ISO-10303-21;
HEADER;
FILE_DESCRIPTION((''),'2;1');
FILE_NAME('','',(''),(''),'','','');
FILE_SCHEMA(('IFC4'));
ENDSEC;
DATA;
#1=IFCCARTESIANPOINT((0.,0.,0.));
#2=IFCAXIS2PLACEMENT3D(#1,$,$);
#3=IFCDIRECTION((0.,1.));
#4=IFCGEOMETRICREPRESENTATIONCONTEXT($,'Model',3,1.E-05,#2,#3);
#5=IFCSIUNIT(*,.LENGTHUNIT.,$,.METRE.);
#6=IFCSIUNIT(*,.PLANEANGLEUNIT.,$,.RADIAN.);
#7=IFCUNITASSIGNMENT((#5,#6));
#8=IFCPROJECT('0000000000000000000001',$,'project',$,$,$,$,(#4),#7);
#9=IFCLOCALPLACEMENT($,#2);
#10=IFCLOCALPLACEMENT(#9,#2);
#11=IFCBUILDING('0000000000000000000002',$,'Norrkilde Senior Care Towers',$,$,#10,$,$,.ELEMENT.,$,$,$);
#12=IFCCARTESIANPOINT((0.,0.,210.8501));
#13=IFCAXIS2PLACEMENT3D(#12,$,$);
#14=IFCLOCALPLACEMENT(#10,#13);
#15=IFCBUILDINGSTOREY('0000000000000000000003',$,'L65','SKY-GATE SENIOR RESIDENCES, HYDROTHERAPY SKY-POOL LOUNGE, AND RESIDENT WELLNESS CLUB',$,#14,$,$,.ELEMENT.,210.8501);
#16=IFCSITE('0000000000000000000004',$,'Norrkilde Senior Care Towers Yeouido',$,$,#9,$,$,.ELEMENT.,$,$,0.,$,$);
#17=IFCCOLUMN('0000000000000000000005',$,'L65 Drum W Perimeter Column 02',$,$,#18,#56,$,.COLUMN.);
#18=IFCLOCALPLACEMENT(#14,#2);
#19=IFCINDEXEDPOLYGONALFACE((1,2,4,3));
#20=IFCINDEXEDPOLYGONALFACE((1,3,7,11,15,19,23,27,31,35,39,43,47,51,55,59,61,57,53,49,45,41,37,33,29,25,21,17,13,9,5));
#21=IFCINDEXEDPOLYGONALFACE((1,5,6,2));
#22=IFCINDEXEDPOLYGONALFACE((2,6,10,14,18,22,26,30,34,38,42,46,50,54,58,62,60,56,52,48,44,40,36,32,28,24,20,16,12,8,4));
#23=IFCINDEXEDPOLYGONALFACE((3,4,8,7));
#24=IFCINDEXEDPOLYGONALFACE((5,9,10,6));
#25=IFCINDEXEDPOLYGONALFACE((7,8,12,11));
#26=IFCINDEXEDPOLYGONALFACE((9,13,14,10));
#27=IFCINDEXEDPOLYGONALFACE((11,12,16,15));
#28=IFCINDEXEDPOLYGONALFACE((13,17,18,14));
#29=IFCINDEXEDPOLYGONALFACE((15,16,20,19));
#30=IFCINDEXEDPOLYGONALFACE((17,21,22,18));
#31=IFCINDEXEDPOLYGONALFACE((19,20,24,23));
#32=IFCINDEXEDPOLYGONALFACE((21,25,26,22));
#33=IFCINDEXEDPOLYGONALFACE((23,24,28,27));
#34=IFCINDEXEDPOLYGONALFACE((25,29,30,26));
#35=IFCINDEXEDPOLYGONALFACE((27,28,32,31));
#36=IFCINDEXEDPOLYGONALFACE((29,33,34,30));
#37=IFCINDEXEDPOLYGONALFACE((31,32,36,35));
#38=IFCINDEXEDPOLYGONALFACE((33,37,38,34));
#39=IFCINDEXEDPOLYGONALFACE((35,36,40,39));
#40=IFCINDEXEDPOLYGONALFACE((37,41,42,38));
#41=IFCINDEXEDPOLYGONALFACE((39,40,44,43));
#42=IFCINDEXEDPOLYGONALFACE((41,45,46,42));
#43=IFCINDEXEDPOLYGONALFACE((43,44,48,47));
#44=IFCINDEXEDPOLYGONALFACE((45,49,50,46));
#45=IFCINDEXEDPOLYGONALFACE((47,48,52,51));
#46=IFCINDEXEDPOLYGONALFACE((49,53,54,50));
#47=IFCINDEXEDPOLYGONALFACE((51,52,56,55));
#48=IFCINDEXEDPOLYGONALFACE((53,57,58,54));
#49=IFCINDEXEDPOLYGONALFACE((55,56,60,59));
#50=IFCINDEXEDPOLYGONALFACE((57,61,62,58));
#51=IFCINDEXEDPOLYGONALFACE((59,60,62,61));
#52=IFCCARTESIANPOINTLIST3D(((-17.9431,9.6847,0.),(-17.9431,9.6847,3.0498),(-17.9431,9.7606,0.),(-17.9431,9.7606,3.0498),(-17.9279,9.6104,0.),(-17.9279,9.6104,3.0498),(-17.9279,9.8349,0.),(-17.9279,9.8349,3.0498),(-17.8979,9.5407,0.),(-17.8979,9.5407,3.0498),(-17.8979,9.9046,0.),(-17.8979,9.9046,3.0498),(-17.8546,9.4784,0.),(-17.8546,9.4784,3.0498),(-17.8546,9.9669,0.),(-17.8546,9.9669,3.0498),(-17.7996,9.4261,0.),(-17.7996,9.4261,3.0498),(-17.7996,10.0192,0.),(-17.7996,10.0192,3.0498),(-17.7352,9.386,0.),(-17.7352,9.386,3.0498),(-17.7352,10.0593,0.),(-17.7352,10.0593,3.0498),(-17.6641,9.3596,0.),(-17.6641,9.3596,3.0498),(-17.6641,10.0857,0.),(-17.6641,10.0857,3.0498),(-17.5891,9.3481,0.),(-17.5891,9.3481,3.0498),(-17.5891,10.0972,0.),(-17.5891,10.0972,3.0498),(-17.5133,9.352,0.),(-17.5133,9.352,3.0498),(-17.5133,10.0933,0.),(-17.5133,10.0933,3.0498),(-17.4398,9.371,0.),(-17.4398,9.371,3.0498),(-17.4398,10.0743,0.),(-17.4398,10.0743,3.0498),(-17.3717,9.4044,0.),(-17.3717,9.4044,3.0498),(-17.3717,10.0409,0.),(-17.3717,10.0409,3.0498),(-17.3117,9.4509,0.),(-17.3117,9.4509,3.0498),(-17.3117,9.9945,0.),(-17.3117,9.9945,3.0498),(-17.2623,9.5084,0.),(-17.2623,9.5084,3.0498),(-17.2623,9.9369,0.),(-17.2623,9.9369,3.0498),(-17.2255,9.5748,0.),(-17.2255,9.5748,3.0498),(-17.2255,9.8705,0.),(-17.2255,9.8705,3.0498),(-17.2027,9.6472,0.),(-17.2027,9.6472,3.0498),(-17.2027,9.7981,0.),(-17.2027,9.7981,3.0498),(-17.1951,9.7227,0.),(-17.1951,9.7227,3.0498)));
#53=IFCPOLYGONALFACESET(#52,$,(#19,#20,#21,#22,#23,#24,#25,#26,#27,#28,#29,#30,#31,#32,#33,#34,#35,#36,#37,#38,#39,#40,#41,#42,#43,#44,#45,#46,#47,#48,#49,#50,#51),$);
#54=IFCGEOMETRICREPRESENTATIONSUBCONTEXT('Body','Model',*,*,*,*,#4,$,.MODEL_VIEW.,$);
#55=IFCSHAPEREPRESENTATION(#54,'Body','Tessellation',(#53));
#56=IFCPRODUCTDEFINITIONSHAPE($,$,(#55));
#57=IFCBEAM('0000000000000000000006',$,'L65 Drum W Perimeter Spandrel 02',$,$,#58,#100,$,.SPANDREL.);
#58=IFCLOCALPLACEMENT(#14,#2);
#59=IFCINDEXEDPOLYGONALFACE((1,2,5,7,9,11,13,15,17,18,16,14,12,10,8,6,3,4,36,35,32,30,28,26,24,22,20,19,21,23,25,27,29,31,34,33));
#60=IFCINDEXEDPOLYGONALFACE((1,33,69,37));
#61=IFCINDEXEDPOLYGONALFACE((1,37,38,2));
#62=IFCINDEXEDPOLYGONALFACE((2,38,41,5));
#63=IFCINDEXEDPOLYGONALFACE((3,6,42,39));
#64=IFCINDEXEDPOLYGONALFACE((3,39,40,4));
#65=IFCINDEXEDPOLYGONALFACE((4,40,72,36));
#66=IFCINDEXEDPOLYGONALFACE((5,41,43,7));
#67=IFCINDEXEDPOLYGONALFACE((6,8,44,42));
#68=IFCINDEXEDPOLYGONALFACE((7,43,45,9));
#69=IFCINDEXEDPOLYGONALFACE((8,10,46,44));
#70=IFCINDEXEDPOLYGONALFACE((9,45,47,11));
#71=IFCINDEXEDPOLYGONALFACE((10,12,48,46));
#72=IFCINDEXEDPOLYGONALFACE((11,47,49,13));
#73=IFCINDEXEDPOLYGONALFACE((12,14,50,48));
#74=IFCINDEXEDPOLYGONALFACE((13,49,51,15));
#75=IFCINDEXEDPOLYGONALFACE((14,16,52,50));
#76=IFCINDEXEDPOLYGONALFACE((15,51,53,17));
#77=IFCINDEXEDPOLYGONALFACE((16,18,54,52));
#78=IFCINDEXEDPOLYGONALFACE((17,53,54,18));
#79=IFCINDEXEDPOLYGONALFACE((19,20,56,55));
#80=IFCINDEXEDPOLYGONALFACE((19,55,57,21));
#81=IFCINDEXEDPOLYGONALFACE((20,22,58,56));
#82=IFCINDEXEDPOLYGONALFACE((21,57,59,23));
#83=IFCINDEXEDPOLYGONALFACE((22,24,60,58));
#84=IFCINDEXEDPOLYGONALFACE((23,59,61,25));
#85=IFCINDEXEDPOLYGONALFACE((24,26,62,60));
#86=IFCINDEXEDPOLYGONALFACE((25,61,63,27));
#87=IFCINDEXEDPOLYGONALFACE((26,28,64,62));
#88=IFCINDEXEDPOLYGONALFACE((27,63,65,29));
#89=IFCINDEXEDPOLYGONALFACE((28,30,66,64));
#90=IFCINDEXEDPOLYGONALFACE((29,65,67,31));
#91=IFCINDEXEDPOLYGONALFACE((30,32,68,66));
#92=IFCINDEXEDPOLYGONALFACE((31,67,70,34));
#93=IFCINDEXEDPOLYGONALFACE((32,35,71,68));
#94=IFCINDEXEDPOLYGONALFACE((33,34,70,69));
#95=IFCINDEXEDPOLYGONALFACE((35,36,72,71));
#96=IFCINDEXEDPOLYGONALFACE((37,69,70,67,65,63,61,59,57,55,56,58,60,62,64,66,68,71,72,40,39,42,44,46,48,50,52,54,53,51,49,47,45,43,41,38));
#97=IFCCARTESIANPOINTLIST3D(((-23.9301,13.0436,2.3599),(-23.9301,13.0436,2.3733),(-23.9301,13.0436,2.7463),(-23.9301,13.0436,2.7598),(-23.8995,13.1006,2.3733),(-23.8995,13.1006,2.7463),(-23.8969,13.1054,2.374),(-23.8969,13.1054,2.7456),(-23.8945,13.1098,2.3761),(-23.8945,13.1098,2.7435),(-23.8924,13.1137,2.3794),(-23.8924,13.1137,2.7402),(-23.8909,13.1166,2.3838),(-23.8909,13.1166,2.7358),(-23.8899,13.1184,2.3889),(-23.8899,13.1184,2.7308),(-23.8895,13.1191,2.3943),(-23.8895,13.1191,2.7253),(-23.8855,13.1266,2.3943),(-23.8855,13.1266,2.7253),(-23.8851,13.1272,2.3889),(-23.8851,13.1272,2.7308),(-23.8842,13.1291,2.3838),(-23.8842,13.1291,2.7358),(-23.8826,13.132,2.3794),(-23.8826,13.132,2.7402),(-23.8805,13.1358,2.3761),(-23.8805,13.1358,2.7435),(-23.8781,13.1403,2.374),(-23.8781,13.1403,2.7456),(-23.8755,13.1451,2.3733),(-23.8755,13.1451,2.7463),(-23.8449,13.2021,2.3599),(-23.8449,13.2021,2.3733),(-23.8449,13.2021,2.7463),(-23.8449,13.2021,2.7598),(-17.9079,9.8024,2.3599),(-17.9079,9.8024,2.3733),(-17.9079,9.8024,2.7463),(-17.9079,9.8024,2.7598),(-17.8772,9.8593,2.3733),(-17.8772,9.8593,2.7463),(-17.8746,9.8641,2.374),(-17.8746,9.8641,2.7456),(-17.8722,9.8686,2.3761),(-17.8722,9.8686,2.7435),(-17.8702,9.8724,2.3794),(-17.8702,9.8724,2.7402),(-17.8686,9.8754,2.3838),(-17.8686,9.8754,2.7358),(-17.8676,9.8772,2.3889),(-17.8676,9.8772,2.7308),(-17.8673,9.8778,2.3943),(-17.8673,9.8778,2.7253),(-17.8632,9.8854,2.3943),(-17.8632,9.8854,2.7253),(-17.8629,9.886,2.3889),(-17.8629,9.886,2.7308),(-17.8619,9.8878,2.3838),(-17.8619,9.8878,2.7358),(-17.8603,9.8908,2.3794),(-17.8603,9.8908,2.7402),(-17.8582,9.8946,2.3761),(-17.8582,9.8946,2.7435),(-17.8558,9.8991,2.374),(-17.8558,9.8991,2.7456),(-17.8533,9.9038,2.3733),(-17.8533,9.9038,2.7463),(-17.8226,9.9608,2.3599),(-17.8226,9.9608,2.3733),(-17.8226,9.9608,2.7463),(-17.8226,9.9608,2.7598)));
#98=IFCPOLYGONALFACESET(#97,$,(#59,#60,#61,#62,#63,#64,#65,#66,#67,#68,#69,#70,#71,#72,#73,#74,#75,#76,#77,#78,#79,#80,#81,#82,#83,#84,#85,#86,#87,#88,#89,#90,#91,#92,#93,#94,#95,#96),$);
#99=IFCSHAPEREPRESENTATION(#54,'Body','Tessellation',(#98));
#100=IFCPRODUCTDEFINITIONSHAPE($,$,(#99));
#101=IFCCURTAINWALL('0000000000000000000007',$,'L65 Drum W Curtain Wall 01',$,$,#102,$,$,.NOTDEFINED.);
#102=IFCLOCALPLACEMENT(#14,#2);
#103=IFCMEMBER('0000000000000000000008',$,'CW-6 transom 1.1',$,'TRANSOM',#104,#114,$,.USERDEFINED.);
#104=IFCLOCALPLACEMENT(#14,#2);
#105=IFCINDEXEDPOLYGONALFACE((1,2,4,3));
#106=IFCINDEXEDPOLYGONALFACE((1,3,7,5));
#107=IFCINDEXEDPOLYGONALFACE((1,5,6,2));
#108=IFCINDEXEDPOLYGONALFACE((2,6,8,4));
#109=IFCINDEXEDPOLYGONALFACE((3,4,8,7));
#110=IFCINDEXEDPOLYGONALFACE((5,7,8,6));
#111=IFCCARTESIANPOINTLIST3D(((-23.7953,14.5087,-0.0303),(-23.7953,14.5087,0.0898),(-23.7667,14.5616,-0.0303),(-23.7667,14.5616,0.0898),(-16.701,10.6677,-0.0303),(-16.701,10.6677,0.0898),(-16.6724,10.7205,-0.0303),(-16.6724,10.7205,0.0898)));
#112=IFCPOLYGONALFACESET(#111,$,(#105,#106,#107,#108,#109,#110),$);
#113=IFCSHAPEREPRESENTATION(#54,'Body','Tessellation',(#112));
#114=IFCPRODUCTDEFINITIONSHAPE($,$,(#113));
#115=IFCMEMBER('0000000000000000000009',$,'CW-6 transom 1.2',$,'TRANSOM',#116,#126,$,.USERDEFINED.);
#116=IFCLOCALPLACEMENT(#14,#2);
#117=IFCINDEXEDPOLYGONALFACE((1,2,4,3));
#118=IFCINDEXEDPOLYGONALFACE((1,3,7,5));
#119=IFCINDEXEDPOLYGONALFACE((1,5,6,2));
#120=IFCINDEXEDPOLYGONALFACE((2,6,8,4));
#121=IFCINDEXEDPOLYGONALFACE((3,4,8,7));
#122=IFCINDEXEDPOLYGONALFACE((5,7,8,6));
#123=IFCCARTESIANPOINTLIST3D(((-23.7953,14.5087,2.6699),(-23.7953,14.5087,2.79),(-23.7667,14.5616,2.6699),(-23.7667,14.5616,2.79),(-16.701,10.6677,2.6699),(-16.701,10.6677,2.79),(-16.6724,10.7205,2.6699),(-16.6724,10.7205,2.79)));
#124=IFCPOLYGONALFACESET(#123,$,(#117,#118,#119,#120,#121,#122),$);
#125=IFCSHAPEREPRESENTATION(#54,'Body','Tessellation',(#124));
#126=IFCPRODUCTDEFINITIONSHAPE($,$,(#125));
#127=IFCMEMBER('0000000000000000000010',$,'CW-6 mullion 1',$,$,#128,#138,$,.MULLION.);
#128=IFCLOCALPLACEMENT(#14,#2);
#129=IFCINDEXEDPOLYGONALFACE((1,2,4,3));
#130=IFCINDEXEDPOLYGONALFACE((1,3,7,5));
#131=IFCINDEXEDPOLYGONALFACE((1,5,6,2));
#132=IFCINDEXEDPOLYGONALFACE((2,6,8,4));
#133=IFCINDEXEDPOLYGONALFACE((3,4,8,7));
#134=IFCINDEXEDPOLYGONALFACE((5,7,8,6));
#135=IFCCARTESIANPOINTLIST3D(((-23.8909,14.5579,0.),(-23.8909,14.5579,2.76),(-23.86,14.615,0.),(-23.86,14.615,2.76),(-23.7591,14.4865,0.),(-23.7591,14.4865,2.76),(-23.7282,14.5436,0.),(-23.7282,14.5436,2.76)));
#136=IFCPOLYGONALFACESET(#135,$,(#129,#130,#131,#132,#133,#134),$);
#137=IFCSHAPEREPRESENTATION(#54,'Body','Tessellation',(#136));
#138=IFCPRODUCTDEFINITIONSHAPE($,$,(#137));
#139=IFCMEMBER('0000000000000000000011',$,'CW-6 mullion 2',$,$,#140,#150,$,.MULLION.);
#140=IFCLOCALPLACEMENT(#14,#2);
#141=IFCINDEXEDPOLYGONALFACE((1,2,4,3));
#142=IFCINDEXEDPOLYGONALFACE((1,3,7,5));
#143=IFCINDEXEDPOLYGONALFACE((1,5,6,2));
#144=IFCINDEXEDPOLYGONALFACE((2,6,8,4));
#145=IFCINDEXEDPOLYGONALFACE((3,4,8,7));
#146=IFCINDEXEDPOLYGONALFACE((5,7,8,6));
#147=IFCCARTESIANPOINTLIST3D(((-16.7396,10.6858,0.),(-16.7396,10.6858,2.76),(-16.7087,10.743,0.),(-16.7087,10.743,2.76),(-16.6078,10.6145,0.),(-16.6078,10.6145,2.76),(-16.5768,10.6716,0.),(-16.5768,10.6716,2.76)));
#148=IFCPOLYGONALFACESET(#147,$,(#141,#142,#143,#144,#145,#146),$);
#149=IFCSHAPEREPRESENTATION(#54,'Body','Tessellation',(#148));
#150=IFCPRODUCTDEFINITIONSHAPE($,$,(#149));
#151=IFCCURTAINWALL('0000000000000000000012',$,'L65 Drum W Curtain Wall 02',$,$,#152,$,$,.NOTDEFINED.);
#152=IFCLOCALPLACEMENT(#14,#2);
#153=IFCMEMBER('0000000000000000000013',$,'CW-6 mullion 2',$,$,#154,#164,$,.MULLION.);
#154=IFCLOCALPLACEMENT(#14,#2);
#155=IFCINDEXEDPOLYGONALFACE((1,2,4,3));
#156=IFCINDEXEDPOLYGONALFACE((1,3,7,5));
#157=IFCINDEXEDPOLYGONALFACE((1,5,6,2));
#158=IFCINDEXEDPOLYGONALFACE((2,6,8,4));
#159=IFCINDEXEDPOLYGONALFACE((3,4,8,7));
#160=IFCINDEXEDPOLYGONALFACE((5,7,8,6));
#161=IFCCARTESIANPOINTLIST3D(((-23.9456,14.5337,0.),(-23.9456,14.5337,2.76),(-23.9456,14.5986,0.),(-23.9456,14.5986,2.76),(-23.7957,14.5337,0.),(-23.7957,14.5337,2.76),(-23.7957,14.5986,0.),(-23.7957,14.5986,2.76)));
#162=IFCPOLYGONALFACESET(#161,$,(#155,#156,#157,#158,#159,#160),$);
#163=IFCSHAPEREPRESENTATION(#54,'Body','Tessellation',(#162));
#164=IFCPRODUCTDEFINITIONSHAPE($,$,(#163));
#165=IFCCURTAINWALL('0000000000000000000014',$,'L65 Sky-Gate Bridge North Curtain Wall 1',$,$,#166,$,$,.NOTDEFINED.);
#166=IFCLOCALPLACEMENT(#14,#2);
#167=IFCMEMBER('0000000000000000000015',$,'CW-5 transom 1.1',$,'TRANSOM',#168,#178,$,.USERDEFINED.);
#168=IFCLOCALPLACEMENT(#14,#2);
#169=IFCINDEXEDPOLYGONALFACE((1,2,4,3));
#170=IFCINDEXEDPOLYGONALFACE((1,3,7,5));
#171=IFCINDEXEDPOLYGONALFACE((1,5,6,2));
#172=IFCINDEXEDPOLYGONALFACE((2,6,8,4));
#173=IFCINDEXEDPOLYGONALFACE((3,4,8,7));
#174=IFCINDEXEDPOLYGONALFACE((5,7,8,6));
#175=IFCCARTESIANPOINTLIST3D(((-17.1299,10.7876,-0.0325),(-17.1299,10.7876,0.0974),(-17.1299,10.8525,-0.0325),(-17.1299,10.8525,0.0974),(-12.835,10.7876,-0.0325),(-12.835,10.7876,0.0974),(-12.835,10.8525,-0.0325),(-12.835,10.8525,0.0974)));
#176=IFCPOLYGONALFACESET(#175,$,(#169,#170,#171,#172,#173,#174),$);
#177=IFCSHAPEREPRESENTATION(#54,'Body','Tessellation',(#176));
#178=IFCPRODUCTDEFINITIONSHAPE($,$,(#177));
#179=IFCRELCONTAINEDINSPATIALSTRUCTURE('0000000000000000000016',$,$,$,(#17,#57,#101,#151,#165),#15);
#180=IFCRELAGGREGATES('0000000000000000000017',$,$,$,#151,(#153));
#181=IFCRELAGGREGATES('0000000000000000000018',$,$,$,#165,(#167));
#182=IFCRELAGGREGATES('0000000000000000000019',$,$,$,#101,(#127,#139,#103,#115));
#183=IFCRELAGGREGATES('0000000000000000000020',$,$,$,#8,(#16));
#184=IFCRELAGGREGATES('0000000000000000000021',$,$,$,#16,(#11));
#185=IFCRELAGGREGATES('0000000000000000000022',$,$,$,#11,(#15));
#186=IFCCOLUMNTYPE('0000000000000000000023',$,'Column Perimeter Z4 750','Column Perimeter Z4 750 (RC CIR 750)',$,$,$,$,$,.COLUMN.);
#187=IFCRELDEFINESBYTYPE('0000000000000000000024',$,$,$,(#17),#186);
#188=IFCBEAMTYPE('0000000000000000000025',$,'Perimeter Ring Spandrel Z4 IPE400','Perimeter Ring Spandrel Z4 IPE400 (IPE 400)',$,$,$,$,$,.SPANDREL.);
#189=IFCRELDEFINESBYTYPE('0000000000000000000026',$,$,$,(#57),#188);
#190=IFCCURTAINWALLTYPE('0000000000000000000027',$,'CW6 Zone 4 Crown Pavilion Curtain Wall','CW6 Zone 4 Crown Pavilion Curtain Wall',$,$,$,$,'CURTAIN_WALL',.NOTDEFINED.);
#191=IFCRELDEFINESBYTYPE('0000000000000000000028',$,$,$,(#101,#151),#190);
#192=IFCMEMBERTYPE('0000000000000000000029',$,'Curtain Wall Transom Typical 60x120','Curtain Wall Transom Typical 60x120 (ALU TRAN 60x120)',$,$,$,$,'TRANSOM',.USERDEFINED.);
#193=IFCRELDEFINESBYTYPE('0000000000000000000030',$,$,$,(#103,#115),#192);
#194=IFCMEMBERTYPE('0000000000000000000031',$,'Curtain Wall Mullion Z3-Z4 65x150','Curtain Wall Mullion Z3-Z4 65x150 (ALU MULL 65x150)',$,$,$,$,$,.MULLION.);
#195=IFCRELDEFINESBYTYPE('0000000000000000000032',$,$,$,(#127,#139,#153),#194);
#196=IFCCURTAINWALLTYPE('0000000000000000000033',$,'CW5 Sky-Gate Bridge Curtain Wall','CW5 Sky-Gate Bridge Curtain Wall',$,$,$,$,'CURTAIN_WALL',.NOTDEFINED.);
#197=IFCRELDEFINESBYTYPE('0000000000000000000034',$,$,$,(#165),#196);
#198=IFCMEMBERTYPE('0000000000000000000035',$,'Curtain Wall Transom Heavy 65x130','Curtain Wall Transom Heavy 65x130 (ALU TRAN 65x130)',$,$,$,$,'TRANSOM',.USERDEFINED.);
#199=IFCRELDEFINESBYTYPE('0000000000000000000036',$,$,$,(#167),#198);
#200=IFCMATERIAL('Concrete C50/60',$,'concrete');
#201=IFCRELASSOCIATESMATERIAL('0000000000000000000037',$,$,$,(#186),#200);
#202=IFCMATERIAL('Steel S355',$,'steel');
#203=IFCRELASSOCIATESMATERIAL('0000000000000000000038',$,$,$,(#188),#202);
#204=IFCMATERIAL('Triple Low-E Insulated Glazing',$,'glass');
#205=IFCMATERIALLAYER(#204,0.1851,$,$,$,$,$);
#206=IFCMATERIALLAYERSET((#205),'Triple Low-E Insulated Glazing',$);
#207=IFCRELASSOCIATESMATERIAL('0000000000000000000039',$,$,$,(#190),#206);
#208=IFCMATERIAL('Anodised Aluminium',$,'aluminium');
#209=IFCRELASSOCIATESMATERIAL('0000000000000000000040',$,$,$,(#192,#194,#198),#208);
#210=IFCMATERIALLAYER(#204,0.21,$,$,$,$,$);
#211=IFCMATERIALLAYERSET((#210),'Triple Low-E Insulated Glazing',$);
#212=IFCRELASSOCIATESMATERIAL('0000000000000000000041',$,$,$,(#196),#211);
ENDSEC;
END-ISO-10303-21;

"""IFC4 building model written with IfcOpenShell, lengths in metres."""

from ifc_helpers import new_model, si_unit, direction, frame, origin, origin_2d, place, context, subcontext, project, spatial, rectangle, circle, i_section, extrude, source, transform, mapped, material, layer, layer_set, material_profile, profile_set, type_object, type_shapes, element, aggregate, save


model = new_model("IFC4")

# Units and contexts
model_context = context("Model", 3, precision=1e-05, world=origin(), true_north=direction((0.0, 1.0)))
body_context = subcontext(model_context, "Body", "Model", "MODEL_VIEW")
ifc_project = project(units=[si_unit("LENGTHUNIT", "METRE"), si_unit("PLANEANGLEUNIT", "RADIAN")], contexts=[model_context])

# Site, building, storey
site_placement = place(None, origin())
site = spatial("IfcSite", under=ifc_project, at=site_placement, Name="Norrkilde Senior Care Towers Yeouido", CompositionType="ELEMENT", RefElevation=0.0)
building_placement = place(site_placement, origin())
building = spatial("IfcBuilding", under=site, at=building_placement, Name="Norrkilde Senior Care Towers", CompositionType="ELEMENT")
storey_placement = place(building_placement, frame((0.0, 0.0, 210.8501)))
storey = spatial("IfcBuildingStorey", under=building, at=storey_placement, Name="L65", Description="SKY-GATE SENIOR RESIDENCES, HYDROTHERAPY SKY-POOL LOUNGE, AND RESIDENT WELLNESS CLUB", CompositionType="ELEMENT", Elevation=210.8501)

# Column
ifc_material_1 = material(Name="Concrete C50/60", Category="concrete")
ifc_material_profile_1 = material_profile(ifc_material_1, circle(Radius=0.375, at=origin_2d()), Name="RC CIR 750")
ifc_profile_set_1 = profile_set([ifc_material_profile_1], Name="Concrete C50/60")
column_type = type_object("IfcColumnType", Name="Column Perimeter Z4 750", Description="Column Perimeter Z4 750 (RC CIR 750)", PredefinedType="COLUMN", material=ifc_profile_set_1)
shared_shape_1 = source(origin(), body_context, "Body", "SweptSolid", [
    extrude(circle(Radius=0.375, at=origin_2d()), origin(), (0.0, 0.0, 1.0), 3.0498),
])
type_shapes(column_type, [shared_shape_1])
column_placement = place(storey_placement, frame((-17.5701, 9.7227, 0.0), z_axis=(0.0, 0.0, 1.0), x_axis=(1.0, 0.0, 0.0)))
element("IfcColumn", 1, at=column_placement, inside=storey, type_object=column_type, Name="L65 Drum W Perimeter Column 02", PredefinedType="COLUMN", context=body_context, shape_type="MappedRepresentation", body=[
    mapped(shared_shape_1, transform((0.0, 0.0, 0.0), x_axis=(1.0, 0.0, 0.0), y_axis=(0.0, 1.0, 0.0), z_axis=(0.0, 0.0, 1.0), scale=1.0)),
])

# Beam
ifc_material_2 = material(Name="Steel S355", Category="steel")
ifc_material_profile_2 = material_profile(ifc_material_2, i_section(OverallWidth=0.1799, OverallDepth=0.3999, WebThickness=0.0085, FlangeThickness=0.0134, FilletRadius=0.021, at=origin_2d()), Name="IPE 400")
ifc_profile_set_2 = profile_set([ifc_material_profile_2], Name="Steel S355")
beam_type = type_object("IfcBeamType", Name="Perimeter Ring Spandrel Z4 IPE400", Description="Perimeter Ring Spandrel Z4 IPE400 (IPE 400)", PredefinedType="SPANDREL", material=ifc_profile_set_2)
shared_shape_2 = source(origin(), body_context, "Body", "SweptSolid", [
    extrude(i_section(OverallWidth=0.1799, OverallDepth=0.3999, WebThickness=0.0085, FlangeThickness=0.0134, FilletRadius=0.021, at=origin_2d()), origin(), (0.0, 0.0, 1.0), 6.8391),
])
type_shapes(beam_type, [shared_shape_2])
beam_placement = place(storey_placement, frame((-17.8652, 9.8816, 2.5598), z_axis=(-0.880564, 0.473927, 0.0), x_axis=(-0.473927, -0.880564, 0.0)))
element("IfcBeam", 2, at=beam_placement, inside=storey, type_object=beam_type, Name="L65 Drum W Perimeter Spandrel 02", PredefinedType="SPANDREL", context=body_context, shape_type="MappedRepresentation", body=[
    mapped(shared_shape_2, transform((0.0, 0.0, 0.0), x_axis=(1.0, 0.0, 0.0), y_axis=(0.0, 1.0, 0.0), z_axis=(0.0, 0.0, 1.0), scale=1.0)),
])

# Curtain wall, members
ifc_material_3 = material(Name="Triple Low-E Insulated Glazing", Category="glass")
ifc_layer_1 = layer(ifc_material_3, 0.1851)
ifc_layer_set_1 = layer_set([ifc_layer_1], Name="Triple Low-E Insulated Glazing")
curtain_wall_type_1 = type_object("IfcCurtainWallType", Name="CW6 Zone 4 Crown Pavilion Curtain Wall", Description="CW6 Zone 4 Crown Pavilion Curtain Wall", ElementType="CURTAIN_WALL", PredefinedType="NOTDEFINED", material=ifc_layer_set_1)
curtain_wall_1_placement = place(storey_placement, origin())
curtain_wall_1 = element("IfcCurtainWall", 3, at=curtain_wall_1_placement, inside=storey, type_object=curtain_wall_type_1, Name="L65 Drum W Curtain Wall 01", PredefinedType="NOTDEFINED")
ifc_material_4 = material(Name="Anodised Aluminium", Category="aluminium")
ifc_material_profile_3 = material_profile(ifc_material_4, rectangle(XDim=0.0601, YDim=0.1201, at=origin_2d()), Name="ALU TRAN 60x120")
ifc_profile_set_3 = profile_set([ifc_material_profile_3], Name="Anodised Aluminium")
member_type_1 = type_object("IfcMemberType", Name="Curtain Wall Transom Typical 60x120", Description="Curtain Wall Transom Typical 60x120 (ALU TRAN 60x120)", ElementType="TRANSOM", PredefinedType="USERDEFINED", material=ifc_profile_set_3)
shared_shape_3 = source(origin(), body_context, "Body", "SweptSolid", [
    extrude(rectangle(XDim=0.0601, YDim=0.1201, at=origin_2d()), origin(), (0.0, 0.0, 1.0), 8.0674),
])
type_shapes(member_type_1, [shared_shape_3])
member_1_placement = place(storey_placement, frame((-23.781, 14.5352, 0.0298), z_axis=(0.879378, -0.476125, 0.0), x_axis=(0.476125, 0.879378, 0.0)))
member_1 = element("IfcMember", 4, at=member_1_placement, type_object=member_type_1, Name="CW-6 transom 1.1", ObjectType="TRANSOM", PredefinedType="USERDEFINED", context=body_context, shape_type="MappedRepresentation", body=[
    mapped(shared_shape_3, transform((0.0, 0.0, 0.0), x_axis=(1.0, 0.0, 0.0), y_axis=(0.0, 1.0, 0.0), z_axis=(0.0, 0.0, 1.0), scale=1.0)),
])
member_2_placement = place(storey_placement, frame((-23.781, 14.5352, 2.73), z_axis=(0.879378, -0.476125, 0.0), x_axis=(0.476125, 0.879378, 0.0)))
member_2 = element("IfcMember", 5, at=member_2_placement, type_object=member_type_1, Name="CW-6 transom 1.2", ObjectType="TRANSOM", PredefinedType="USERDEFINED", context=body_context, shape_type="MappedRepresentation", body=[
    mapped(shared_shape_3, transform((0.0, 0.0, 0.0), x_axis=(1.0, 0.0, 0.0), y_axis=(0.0, 1.0, 0.0), z_axis=(0.0, 0.0, 1.0), scale=1.0)),
])
ifc_material_profile_4 = material_profile(ifc_material_4, rectangle(XDim=0.0649, YDim=0.1499, at=origin_2d()), Name="ALU MULL 65x150")
ifc_profile_set_4 = profile_set([ifc_material_profile_4], Name="Anodised Aluminium")
member_type_2 = type_object("IfcMemberType", Name="Curtain Wall Mullion Z3-Z4 65x150", Description="Curtain Wall Mullion Z3-Z4 65x150 (ALU MULL 65x150)", PredefinedType="MULLION", material=ifc_profile_set_4)
shared_shape_4 = source(origin(), body_context, "Body", "SweptSolid", [
    extrude(rectangle(XDim=0.0649, YDim=0.1499, at=origin_2d()), origin(), (0.0, 0.0, 1.0), 2.76),
])
type_shapes(member_type_2, [shared_shape_4])
member_3_placement = place(storey_placement, frame((-23.8096, 14.5508, 0.0), z_axis=(0.0, 0.0, 1.0), x_axis=(0.476133, 0.879373, 0.0)))
member_3 = element("IfcMember", 6, at=member_3_placement, type_object=member_type_2, Name="CW-6 mullion 1", PredefinedType="MULLION", context=body_context, shape_type="MappedRepresentation", body=[
    mapped(shared_shape_4, transform((0.0, 0.0, 0.0), x_axis=(1.0, 0.0, 0.0), y_axis=(0.0, 1.0, 0.0), z_axis=(0.0, 0.0, 1.0), scale=1.0)),
])
member_4_placement = place(storey_placement, frame((-16.6582, 10.6787, 0.0), z_axis=(0.0, 0.0, 1.0), x_axis=(0.476133, 0.879373, 0.0)))
member_4 = element("IfcMember", 7, at=member_4_placement, type_object=member_type_2, Name="CW-6 mullion 2", PredefinedType="MULLION", context=body_context, shape_type="MappedRepresentation", body=[
    mapped(shared_shape_4, transform((0.0, 0.0, 0.0), x_axis=(1.0, 0.0, 0.0), y_axis=(0.0, 1.0, 0.0), z_axis=(0.0, 0.0, 1.0), scale=1.0)),
])

# Curtain wall, member
curtain_wall_2_placement = place(storey_placement, origin())
curtain_wall_2 = element("IfcCurtainWall", 8, at=curtain_wall_2_placement, inside=storey, type_object=curtain_wall_type_1, Name="L65 Drum W Curtain Wall 02", PredefinedType="NOTDEFINED")
member_5_placement = place(storey_placement, frame((-23.8706, 14.5662, 0.0), z_axis=(0.0, 0.0, 1.0), x_axis=(0.0, 1.0, 0.0)))
member_5 = element("IfcMember", 9, at=member_5_placement, type_object=member_type_2, Name="CW-6 mullion 2", PredefinedType="MULLION", context=body_context, shape_type="MappedRepresentation", body=[
    mapped(shared_shape_4, transform((0.0, 0.0, 0.0), x_axis=(1.0, 0.0, 0.0), y_axis=(0.0, 1.0, 0.0), z_axis=(0.0, 0.0, 1.0), scale=1.0)),
])
aggregate(curtain_wall_2, [member_5])

# Curtain wall, member
ifc_layer_2 = layer(ifc_material_3, 0.21)
ifc_layer_set_2 = layer_set([ifc_layer_2], Name="Triple Low-E Insulated Glazing")
curtain_wall_type_2 = type_object("IfcCurtainWallType", Name="CW5 Sky-Gate Bridge Curtain Wall", Description="CW5 Sky-Gate Bridge Curtain Wall", ElementType="CURTAIN_WALL", PredefinedType="NOTDEFINED", material=ifc_layer_set_2)
curtain_wall_3_placement = place(storey_placement, origin())
curtain_wall_3 = element("IfcCurtainWall", 10, at=curtain_wall_3_placement, inside=storey, type_object=curtain_wall_type_2, Name="L65 Sky-Gate Bridge North Curtain Wall 1", PredefinedType="NOTDEFINED")
ifc_material_profile_5 = material_profile(ifc_material_4, rectangle(XDim=0.0649, YDim=0.1299, at=origin_2d()), Name="ALU TRAN 65x130")
ifc_profile_set_5 = profile_set([ifc_material_profile_5], Name="Anodised Aluminium")
member_type_3 = type_object("IfcMemberType", Name="Curtain Wall Transom Heavy 65x130", Description="Curtain Wall Transom Heavy 65x130 (ALU TRAN 65x130)", ElementType="TRANSOM", PredefinedType="USERDEFINED", material=ifc_profile_set_5)
shared_shape_5 = source(origin(), body_context, "Body", "SweptSolid", [
    extrude(rectangle(XDim=0.0649, YDim=0.1299, at=origin_2d()), origin(), (0.0, 0.0, 1.0), 4.2949),
])
type_shapes(member_type_3, [shared_shape_5])
member_6_placement = place(storey_placement, frame((-17.1299, 10.8201, 0.0325), z_axis=(1.0, 0.0, 0.0), x_axis=(0.0, 1.0, 0.0)))
member_6 = element("IfcMember", 11, at=member_6_placement, type_object=member_type_3, Name="CW-5 transom 1.1", ObjectType="TRANSOM", PredefinedType="USERDEFINED", context=body_context, shape_type="MappedRepresentation", body=[
    mapped(shared_shape_5, transform((0.0, 0.0, 0.0), x_axis=(1.0, 0.0, 0.0), y_axis=(0.0, 1.0, 0.0), z_axis=(0.0, 0.0, 1.0), scale=1.0)),
])
aggregate(curtain_wall_3, [member_6])

aggregate(curtain_wall_1, [member_3, member_4, member_1, member_2])

save(model, "model.ifc")
